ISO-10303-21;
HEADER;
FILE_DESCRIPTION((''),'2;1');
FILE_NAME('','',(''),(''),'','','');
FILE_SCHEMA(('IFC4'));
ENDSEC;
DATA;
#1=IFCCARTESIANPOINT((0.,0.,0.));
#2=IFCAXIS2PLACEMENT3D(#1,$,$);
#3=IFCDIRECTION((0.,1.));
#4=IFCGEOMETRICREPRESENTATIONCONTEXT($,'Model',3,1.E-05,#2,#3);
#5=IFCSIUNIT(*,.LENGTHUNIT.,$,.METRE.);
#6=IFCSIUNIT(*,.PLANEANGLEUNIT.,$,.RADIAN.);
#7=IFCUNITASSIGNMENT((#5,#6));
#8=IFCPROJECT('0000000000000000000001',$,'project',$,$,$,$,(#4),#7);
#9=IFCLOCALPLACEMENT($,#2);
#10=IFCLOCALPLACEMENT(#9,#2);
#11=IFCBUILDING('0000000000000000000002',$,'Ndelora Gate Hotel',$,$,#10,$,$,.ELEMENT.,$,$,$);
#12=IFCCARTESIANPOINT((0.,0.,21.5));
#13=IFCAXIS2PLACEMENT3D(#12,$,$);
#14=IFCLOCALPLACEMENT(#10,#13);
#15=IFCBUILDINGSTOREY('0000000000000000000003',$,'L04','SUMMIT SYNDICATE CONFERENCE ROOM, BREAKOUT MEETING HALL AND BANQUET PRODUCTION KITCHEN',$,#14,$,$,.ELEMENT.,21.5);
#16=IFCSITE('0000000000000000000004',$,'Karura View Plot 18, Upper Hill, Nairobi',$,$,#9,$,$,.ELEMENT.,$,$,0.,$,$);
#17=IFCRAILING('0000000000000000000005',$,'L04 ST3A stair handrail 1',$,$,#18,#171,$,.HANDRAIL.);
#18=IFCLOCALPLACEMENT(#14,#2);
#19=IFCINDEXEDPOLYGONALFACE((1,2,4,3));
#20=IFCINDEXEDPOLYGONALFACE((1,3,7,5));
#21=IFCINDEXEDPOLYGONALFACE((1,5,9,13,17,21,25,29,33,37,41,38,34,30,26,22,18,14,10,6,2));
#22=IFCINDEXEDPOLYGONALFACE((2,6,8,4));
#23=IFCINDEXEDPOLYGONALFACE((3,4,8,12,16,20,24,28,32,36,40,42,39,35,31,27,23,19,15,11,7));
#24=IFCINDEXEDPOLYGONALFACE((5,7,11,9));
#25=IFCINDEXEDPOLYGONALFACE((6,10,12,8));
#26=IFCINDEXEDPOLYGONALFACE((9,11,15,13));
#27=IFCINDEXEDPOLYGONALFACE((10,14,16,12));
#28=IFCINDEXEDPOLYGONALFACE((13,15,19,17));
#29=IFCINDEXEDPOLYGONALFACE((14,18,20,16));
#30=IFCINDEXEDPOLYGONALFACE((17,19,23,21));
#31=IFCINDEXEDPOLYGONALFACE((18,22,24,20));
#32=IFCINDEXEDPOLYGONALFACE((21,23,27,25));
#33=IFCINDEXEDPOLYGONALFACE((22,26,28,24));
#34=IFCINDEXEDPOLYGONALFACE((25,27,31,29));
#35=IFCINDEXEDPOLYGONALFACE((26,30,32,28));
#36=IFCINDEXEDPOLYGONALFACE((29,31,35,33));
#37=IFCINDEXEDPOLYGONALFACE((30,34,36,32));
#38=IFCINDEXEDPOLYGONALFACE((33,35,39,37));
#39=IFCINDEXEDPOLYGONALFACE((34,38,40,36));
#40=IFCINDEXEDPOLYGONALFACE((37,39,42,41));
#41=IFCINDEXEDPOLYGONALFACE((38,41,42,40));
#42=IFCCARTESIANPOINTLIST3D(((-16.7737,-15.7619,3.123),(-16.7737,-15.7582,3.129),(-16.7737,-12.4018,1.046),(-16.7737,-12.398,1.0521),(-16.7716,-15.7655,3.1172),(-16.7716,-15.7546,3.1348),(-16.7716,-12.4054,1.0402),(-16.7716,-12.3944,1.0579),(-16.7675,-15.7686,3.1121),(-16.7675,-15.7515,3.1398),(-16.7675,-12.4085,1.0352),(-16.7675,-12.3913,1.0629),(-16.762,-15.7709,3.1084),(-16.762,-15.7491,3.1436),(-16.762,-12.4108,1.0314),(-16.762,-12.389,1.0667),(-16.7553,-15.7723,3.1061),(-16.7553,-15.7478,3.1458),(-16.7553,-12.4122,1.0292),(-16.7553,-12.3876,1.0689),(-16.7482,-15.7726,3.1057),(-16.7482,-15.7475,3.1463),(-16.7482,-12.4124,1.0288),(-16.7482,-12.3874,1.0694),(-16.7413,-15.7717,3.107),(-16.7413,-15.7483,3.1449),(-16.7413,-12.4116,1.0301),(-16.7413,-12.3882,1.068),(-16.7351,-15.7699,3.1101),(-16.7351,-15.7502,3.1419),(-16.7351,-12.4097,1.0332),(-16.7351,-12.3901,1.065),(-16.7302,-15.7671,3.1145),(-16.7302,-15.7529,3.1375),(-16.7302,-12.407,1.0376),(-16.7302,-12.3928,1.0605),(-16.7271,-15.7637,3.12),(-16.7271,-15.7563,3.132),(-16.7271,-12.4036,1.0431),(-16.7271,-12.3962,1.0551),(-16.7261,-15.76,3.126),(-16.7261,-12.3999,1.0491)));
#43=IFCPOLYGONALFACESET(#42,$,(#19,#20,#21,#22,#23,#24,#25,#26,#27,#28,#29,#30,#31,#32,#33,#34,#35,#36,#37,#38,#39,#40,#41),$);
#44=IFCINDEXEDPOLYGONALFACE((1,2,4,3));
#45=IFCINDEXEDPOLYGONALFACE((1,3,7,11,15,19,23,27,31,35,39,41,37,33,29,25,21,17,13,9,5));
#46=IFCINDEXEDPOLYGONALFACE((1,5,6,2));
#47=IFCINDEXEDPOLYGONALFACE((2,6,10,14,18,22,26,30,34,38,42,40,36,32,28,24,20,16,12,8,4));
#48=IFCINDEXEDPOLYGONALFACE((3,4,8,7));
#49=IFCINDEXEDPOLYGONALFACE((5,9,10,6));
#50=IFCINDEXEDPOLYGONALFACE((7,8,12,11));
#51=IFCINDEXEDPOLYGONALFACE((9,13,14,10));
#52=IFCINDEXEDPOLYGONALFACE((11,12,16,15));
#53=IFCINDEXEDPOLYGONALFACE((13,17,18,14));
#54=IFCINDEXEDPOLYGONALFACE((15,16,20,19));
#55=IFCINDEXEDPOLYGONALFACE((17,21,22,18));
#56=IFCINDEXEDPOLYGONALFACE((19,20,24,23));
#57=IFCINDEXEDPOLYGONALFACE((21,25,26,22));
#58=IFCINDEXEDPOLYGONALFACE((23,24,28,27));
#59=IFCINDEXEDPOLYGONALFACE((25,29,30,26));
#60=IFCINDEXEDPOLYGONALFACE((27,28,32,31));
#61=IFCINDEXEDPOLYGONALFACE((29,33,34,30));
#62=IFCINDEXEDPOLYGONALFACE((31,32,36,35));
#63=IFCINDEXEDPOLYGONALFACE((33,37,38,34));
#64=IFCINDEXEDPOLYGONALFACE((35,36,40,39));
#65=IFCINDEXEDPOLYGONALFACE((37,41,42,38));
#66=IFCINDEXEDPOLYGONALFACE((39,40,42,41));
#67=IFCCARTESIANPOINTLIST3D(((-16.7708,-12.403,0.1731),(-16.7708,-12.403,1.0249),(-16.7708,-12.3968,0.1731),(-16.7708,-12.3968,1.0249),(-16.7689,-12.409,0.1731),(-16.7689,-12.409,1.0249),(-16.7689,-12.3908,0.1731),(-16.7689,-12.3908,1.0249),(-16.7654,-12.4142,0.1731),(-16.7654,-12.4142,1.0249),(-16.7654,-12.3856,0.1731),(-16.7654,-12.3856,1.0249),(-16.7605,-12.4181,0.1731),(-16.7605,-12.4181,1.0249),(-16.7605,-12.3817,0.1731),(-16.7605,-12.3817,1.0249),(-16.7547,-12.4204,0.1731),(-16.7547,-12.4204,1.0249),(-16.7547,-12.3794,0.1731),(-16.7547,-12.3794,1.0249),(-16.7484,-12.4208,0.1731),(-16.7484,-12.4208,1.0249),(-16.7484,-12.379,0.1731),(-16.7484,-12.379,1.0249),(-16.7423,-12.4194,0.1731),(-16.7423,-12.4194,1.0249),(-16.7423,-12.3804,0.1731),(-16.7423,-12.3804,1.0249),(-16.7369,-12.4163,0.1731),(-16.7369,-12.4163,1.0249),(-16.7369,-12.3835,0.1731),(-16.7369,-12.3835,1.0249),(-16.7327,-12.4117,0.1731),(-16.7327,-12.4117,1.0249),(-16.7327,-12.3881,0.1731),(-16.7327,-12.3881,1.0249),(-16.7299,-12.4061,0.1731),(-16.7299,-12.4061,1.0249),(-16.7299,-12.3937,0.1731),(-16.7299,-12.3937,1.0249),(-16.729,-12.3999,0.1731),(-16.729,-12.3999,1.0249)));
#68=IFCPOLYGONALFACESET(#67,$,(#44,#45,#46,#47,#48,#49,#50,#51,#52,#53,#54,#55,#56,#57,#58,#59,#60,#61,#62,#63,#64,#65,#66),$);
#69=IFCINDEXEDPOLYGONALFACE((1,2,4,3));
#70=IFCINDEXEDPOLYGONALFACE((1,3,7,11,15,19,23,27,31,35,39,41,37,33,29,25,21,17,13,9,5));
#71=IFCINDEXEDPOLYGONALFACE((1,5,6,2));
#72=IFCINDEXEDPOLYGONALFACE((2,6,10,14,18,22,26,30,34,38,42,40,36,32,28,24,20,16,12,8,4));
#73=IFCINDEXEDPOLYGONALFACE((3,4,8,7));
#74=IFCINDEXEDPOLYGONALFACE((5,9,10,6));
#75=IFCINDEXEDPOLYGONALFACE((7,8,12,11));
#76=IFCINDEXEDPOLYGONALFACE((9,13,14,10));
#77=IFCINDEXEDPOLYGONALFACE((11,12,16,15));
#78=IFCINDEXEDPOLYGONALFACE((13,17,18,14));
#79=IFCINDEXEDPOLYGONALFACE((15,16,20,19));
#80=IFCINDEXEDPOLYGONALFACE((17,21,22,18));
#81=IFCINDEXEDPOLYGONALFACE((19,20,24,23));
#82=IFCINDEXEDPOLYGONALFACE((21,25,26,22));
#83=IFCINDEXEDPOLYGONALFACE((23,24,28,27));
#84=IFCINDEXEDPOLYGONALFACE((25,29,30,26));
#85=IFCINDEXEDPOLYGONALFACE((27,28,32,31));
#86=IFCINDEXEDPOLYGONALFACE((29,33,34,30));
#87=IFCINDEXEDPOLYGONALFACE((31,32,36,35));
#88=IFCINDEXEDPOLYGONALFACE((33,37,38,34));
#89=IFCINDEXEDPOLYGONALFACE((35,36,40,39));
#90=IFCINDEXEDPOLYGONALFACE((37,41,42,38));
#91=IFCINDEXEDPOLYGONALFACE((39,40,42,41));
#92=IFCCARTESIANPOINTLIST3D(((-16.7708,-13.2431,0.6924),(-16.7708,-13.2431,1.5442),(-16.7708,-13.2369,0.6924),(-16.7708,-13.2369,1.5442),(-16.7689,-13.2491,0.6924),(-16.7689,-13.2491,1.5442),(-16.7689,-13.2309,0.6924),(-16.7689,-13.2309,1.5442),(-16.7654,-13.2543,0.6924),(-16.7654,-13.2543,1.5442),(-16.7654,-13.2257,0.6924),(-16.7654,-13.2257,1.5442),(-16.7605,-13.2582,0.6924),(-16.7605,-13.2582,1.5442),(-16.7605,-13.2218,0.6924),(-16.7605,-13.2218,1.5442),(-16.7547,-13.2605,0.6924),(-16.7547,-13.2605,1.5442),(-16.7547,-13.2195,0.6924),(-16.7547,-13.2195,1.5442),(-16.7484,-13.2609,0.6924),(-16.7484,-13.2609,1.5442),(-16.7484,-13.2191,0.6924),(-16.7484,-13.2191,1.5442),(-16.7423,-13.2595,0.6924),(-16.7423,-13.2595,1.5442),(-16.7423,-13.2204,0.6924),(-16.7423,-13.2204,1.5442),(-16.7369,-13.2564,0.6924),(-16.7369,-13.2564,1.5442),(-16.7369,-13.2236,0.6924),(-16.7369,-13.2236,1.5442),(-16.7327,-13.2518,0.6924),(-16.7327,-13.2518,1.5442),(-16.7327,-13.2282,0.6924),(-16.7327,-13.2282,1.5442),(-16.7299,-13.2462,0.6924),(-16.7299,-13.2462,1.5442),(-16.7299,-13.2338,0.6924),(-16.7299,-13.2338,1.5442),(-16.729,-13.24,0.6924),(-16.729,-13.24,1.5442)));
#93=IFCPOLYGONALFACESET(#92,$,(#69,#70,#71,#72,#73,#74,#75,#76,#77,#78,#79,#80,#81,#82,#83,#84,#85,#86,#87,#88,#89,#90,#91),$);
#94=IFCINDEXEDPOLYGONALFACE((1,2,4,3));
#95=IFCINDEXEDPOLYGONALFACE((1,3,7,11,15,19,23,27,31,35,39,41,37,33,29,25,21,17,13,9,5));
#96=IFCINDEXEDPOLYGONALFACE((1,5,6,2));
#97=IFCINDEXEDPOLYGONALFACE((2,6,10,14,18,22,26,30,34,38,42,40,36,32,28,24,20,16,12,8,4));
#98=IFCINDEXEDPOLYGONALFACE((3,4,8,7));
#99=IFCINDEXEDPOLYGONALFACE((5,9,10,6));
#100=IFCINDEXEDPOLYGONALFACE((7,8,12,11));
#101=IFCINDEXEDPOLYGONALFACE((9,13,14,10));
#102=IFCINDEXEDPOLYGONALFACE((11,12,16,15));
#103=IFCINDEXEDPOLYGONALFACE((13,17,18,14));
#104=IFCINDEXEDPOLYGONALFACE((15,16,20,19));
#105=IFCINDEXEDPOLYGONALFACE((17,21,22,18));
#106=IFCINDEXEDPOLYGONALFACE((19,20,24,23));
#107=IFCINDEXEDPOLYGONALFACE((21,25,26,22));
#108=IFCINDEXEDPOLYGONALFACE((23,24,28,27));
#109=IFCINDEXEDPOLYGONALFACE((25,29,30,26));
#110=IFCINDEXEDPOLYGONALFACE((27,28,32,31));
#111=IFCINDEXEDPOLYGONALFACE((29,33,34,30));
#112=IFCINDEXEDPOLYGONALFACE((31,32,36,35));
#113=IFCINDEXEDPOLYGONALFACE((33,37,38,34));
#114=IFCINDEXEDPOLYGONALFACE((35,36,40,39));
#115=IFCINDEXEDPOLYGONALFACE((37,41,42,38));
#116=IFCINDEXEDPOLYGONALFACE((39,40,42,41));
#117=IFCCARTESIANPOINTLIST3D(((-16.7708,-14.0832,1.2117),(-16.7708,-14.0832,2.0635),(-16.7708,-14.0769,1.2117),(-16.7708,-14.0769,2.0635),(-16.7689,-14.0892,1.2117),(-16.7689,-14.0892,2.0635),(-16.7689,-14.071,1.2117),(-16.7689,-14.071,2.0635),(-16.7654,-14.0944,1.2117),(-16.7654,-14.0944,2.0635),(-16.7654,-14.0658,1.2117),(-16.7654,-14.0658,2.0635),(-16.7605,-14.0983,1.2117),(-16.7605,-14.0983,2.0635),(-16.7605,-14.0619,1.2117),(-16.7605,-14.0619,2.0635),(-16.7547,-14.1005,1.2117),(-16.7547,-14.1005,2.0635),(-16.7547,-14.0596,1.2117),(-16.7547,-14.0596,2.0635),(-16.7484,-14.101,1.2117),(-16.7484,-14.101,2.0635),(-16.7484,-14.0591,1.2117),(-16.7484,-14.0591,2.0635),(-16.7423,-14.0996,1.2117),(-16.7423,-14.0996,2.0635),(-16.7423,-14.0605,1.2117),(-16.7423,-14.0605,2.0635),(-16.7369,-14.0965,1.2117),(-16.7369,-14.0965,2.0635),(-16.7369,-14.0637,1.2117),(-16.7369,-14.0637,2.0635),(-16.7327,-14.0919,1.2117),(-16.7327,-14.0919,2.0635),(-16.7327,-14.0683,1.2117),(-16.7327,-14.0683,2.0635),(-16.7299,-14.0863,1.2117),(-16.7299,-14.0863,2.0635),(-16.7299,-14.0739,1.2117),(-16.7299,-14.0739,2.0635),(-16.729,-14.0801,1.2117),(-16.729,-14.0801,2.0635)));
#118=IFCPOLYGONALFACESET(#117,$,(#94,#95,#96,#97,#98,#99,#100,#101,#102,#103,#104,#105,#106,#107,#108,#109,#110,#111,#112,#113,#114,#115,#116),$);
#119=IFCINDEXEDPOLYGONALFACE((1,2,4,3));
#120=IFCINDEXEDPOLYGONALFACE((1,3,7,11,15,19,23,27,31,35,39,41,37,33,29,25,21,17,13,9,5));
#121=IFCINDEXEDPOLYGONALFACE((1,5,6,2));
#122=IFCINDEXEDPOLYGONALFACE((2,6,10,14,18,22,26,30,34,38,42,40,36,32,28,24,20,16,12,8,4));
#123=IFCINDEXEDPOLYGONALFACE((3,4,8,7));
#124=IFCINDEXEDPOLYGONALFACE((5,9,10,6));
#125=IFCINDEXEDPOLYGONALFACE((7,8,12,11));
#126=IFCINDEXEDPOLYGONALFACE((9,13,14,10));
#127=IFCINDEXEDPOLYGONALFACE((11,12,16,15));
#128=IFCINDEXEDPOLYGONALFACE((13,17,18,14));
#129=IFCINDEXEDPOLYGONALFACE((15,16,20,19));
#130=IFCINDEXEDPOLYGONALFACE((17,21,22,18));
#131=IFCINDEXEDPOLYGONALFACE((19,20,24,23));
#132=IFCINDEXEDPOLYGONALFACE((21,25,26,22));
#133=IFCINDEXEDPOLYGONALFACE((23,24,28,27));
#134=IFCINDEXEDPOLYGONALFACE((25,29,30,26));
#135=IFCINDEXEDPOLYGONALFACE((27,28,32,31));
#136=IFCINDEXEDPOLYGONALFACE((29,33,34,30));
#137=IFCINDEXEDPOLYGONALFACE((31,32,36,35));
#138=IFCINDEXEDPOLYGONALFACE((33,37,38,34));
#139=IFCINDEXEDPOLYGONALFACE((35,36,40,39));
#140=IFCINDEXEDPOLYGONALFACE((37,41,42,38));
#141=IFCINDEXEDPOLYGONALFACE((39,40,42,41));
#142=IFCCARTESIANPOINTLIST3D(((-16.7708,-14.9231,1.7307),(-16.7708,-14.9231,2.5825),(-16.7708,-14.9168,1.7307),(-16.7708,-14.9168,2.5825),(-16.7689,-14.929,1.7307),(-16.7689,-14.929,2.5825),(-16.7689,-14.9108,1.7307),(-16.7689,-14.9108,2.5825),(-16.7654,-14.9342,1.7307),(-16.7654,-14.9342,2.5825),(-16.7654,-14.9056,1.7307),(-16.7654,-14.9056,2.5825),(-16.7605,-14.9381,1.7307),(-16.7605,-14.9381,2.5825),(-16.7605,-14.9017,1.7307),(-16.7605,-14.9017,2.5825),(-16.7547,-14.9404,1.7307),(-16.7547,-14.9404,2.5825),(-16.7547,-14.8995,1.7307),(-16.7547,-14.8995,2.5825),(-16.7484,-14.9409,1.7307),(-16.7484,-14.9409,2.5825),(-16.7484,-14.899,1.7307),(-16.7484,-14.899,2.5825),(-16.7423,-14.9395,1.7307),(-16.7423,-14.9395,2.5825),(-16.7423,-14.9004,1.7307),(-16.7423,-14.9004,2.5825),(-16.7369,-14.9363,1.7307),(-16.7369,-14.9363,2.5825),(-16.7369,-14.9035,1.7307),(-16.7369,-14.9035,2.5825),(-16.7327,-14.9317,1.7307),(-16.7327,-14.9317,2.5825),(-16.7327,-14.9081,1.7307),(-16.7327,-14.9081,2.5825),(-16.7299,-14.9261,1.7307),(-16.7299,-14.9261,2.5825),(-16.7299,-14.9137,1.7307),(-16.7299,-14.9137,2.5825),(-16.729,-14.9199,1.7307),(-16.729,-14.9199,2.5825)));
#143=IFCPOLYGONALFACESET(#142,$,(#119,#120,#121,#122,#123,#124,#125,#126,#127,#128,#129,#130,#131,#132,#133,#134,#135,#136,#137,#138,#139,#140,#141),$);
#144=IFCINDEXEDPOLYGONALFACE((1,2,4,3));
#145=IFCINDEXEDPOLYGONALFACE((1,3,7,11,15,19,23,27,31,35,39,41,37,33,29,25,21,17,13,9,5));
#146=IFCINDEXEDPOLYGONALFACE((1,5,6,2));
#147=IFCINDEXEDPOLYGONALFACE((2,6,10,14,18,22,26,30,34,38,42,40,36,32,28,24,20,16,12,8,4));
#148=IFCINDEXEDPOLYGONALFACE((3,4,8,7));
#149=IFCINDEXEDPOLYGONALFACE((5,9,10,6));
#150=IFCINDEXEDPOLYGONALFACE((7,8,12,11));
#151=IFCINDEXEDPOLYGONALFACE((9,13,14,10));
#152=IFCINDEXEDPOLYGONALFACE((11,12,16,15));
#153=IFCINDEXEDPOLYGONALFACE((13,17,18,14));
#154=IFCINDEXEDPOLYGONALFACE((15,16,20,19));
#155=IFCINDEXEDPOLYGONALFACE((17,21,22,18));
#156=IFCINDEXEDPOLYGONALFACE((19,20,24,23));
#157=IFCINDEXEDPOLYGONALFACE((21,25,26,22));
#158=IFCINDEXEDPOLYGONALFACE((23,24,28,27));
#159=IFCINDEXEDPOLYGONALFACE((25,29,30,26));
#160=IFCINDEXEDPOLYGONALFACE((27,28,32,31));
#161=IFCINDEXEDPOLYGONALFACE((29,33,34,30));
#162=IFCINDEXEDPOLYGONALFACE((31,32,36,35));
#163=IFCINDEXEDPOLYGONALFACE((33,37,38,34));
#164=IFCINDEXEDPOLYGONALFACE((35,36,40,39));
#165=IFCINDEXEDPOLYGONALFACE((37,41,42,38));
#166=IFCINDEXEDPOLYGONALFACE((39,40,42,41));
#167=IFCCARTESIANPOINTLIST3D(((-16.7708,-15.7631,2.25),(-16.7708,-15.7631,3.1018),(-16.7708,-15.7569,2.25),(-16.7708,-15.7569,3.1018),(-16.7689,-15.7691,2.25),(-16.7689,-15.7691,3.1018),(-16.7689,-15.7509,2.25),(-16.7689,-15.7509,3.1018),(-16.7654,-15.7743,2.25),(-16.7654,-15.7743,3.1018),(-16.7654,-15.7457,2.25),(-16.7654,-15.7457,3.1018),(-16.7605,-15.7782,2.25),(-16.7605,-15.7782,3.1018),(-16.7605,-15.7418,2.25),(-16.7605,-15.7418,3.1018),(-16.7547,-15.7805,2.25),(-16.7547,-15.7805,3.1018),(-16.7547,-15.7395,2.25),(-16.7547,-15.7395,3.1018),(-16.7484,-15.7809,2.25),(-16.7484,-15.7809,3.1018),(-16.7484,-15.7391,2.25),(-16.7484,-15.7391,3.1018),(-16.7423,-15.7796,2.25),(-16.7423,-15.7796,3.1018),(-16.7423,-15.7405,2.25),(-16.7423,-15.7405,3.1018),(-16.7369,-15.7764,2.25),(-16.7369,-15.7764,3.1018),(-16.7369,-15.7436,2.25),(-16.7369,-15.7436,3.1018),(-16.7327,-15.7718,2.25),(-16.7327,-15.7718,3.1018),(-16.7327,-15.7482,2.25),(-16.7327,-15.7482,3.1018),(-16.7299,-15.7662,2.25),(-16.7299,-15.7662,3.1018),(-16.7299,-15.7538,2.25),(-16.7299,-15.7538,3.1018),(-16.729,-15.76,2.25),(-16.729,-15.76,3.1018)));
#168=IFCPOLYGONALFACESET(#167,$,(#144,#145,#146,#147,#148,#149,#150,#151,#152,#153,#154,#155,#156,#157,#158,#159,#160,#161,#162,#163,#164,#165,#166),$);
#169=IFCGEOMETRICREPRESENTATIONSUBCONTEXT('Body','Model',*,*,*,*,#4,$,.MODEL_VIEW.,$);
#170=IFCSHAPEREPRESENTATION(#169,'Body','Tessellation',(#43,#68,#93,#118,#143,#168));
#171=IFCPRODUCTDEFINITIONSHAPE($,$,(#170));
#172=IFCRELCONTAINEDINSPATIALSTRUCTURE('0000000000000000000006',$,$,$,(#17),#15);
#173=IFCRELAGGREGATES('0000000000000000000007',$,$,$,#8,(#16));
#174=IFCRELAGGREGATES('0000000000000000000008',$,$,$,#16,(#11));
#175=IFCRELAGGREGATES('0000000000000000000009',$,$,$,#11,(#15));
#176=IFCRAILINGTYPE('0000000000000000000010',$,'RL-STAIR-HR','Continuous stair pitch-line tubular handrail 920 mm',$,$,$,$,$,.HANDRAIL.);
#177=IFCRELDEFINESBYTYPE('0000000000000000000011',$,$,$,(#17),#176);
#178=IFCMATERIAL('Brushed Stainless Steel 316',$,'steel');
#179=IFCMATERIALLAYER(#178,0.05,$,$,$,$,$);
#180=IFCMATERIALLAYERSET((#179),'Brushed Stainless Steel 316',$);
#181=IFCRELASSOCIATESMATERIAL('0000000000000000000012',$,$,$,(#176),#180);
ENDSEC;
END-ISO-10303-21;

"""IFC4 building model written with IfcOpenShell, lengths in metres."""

from ifc_helpers import new_model, si_unit, direction, frame, origin, origin_2d, place, context, subcontext, project, spatial, circle, extrude, material, layer, layer_set, type_object, element, save


model = new_model("IFC4")

# Units and contexts
model_context = context("Model", 3, precision=1e-05, world=origin(), true_north=direction((0.0, 1.0)))
body_context = subcontext(model_context, "Body", "Model", "MODEL_VIEW")
ifc_project = project(units=[si_unit("LENGTHUNIT", "METRE"), si_unit("PLANEANGLEUNIT", "RADIAN")], contexts=[model_context])

# Site, building, storey
site_placement = place(None, origin())
site = spatial("IfcSite", under=ifc_project, at=site_placement, Name="Karura View Plot 18, Upper Hill, Nairobi", CompositionType="ELEMENT", RefElevation=0.0)
building_placement = place(site_placement, origin())
building = spatial("IfcBuilding", under=site, at=building_placement, Name="Ndelora Gate Hotel", CompositionType="ELEMENT")
storey_placement = place(building_placement, frame((0.0, 0.0, 21.5)))
storey = spatial("IfcBuildingStorey", under=building, at=storey_placement, Name="L04", Description="SUMMIT SYNDICATE CONFERENCE ROOM, BREAKOUT MEETING HALL AND BANQUET PRODUCTION KITCHEN", CompositionType="ELEMENT", Elevation=21.5)

# Railing
ifc_material_1 = material(Name="Brushed Stainless Steel 316", Category="steel")
ifc_layer_1 = layer(ifc_material_1, 0.05)
ifc_layer_set_1 = layer_set([ifc_layer_1], Name="Brushed Stainless Steel 316")
railing_type_1 = type_object("IfcRailingType", Name="RL-STAIR-HR", Description="Continuous stair pitch-line tubular handrail 920 mm", PredefinedType="HANDRAIL", material=ifc_layer_set_1)
railing_1_placement = place(storey_placement, frame((-16.75, -12.3999, 0.1731)))
element("IfcRailing", 1, at=railing_1_placement, inside=storey, type_object=railing_type_1, Name="L04 ST3A stair handrail 1", PredefinedType="HANDRAIL", context=body_context, shape_type="SweptSolid", body=[
    extrude(circle(Radius=0.0239, at=origin_2d()), frame((0.0, 0.0, 0.876), z_axis=(0.0, -0.850623, 0.525776), x_axis=(1.0, 0.0, 0.0)), (0.0, 0.0, 1.0), 3.9502),
    extrude(circle(Radius=0.021, at=origin_2d()), origin(), (0.0, 0.0, 1.0), 0.8518),
    extrude(circle(Radius=0.021, at=origin_2d()), frame((0.0, -0.8401, 0.5193)), (0.0, 0.0, 1.0), 0.8518),
    extrude(circle(Radius=0.021, at=origin_2d()), frame((0.0, -1.6802, 1.0386)), (0.0, 0.0, 1.0), 0.8518),
    extrude(circle(Radius=0.021, at=origin_2d()), frame((0.0, -2.52, 1.5576)), (0.0, 0.0, 1.0), 0.8518),
    extrude(circle(Radius=0.021, at=origin_2d()), frame((0.0, -3.3601, 2.0769)), (0.0, 0.0, 1.0), 0.8518),
])

save(model, "model.ifc")
